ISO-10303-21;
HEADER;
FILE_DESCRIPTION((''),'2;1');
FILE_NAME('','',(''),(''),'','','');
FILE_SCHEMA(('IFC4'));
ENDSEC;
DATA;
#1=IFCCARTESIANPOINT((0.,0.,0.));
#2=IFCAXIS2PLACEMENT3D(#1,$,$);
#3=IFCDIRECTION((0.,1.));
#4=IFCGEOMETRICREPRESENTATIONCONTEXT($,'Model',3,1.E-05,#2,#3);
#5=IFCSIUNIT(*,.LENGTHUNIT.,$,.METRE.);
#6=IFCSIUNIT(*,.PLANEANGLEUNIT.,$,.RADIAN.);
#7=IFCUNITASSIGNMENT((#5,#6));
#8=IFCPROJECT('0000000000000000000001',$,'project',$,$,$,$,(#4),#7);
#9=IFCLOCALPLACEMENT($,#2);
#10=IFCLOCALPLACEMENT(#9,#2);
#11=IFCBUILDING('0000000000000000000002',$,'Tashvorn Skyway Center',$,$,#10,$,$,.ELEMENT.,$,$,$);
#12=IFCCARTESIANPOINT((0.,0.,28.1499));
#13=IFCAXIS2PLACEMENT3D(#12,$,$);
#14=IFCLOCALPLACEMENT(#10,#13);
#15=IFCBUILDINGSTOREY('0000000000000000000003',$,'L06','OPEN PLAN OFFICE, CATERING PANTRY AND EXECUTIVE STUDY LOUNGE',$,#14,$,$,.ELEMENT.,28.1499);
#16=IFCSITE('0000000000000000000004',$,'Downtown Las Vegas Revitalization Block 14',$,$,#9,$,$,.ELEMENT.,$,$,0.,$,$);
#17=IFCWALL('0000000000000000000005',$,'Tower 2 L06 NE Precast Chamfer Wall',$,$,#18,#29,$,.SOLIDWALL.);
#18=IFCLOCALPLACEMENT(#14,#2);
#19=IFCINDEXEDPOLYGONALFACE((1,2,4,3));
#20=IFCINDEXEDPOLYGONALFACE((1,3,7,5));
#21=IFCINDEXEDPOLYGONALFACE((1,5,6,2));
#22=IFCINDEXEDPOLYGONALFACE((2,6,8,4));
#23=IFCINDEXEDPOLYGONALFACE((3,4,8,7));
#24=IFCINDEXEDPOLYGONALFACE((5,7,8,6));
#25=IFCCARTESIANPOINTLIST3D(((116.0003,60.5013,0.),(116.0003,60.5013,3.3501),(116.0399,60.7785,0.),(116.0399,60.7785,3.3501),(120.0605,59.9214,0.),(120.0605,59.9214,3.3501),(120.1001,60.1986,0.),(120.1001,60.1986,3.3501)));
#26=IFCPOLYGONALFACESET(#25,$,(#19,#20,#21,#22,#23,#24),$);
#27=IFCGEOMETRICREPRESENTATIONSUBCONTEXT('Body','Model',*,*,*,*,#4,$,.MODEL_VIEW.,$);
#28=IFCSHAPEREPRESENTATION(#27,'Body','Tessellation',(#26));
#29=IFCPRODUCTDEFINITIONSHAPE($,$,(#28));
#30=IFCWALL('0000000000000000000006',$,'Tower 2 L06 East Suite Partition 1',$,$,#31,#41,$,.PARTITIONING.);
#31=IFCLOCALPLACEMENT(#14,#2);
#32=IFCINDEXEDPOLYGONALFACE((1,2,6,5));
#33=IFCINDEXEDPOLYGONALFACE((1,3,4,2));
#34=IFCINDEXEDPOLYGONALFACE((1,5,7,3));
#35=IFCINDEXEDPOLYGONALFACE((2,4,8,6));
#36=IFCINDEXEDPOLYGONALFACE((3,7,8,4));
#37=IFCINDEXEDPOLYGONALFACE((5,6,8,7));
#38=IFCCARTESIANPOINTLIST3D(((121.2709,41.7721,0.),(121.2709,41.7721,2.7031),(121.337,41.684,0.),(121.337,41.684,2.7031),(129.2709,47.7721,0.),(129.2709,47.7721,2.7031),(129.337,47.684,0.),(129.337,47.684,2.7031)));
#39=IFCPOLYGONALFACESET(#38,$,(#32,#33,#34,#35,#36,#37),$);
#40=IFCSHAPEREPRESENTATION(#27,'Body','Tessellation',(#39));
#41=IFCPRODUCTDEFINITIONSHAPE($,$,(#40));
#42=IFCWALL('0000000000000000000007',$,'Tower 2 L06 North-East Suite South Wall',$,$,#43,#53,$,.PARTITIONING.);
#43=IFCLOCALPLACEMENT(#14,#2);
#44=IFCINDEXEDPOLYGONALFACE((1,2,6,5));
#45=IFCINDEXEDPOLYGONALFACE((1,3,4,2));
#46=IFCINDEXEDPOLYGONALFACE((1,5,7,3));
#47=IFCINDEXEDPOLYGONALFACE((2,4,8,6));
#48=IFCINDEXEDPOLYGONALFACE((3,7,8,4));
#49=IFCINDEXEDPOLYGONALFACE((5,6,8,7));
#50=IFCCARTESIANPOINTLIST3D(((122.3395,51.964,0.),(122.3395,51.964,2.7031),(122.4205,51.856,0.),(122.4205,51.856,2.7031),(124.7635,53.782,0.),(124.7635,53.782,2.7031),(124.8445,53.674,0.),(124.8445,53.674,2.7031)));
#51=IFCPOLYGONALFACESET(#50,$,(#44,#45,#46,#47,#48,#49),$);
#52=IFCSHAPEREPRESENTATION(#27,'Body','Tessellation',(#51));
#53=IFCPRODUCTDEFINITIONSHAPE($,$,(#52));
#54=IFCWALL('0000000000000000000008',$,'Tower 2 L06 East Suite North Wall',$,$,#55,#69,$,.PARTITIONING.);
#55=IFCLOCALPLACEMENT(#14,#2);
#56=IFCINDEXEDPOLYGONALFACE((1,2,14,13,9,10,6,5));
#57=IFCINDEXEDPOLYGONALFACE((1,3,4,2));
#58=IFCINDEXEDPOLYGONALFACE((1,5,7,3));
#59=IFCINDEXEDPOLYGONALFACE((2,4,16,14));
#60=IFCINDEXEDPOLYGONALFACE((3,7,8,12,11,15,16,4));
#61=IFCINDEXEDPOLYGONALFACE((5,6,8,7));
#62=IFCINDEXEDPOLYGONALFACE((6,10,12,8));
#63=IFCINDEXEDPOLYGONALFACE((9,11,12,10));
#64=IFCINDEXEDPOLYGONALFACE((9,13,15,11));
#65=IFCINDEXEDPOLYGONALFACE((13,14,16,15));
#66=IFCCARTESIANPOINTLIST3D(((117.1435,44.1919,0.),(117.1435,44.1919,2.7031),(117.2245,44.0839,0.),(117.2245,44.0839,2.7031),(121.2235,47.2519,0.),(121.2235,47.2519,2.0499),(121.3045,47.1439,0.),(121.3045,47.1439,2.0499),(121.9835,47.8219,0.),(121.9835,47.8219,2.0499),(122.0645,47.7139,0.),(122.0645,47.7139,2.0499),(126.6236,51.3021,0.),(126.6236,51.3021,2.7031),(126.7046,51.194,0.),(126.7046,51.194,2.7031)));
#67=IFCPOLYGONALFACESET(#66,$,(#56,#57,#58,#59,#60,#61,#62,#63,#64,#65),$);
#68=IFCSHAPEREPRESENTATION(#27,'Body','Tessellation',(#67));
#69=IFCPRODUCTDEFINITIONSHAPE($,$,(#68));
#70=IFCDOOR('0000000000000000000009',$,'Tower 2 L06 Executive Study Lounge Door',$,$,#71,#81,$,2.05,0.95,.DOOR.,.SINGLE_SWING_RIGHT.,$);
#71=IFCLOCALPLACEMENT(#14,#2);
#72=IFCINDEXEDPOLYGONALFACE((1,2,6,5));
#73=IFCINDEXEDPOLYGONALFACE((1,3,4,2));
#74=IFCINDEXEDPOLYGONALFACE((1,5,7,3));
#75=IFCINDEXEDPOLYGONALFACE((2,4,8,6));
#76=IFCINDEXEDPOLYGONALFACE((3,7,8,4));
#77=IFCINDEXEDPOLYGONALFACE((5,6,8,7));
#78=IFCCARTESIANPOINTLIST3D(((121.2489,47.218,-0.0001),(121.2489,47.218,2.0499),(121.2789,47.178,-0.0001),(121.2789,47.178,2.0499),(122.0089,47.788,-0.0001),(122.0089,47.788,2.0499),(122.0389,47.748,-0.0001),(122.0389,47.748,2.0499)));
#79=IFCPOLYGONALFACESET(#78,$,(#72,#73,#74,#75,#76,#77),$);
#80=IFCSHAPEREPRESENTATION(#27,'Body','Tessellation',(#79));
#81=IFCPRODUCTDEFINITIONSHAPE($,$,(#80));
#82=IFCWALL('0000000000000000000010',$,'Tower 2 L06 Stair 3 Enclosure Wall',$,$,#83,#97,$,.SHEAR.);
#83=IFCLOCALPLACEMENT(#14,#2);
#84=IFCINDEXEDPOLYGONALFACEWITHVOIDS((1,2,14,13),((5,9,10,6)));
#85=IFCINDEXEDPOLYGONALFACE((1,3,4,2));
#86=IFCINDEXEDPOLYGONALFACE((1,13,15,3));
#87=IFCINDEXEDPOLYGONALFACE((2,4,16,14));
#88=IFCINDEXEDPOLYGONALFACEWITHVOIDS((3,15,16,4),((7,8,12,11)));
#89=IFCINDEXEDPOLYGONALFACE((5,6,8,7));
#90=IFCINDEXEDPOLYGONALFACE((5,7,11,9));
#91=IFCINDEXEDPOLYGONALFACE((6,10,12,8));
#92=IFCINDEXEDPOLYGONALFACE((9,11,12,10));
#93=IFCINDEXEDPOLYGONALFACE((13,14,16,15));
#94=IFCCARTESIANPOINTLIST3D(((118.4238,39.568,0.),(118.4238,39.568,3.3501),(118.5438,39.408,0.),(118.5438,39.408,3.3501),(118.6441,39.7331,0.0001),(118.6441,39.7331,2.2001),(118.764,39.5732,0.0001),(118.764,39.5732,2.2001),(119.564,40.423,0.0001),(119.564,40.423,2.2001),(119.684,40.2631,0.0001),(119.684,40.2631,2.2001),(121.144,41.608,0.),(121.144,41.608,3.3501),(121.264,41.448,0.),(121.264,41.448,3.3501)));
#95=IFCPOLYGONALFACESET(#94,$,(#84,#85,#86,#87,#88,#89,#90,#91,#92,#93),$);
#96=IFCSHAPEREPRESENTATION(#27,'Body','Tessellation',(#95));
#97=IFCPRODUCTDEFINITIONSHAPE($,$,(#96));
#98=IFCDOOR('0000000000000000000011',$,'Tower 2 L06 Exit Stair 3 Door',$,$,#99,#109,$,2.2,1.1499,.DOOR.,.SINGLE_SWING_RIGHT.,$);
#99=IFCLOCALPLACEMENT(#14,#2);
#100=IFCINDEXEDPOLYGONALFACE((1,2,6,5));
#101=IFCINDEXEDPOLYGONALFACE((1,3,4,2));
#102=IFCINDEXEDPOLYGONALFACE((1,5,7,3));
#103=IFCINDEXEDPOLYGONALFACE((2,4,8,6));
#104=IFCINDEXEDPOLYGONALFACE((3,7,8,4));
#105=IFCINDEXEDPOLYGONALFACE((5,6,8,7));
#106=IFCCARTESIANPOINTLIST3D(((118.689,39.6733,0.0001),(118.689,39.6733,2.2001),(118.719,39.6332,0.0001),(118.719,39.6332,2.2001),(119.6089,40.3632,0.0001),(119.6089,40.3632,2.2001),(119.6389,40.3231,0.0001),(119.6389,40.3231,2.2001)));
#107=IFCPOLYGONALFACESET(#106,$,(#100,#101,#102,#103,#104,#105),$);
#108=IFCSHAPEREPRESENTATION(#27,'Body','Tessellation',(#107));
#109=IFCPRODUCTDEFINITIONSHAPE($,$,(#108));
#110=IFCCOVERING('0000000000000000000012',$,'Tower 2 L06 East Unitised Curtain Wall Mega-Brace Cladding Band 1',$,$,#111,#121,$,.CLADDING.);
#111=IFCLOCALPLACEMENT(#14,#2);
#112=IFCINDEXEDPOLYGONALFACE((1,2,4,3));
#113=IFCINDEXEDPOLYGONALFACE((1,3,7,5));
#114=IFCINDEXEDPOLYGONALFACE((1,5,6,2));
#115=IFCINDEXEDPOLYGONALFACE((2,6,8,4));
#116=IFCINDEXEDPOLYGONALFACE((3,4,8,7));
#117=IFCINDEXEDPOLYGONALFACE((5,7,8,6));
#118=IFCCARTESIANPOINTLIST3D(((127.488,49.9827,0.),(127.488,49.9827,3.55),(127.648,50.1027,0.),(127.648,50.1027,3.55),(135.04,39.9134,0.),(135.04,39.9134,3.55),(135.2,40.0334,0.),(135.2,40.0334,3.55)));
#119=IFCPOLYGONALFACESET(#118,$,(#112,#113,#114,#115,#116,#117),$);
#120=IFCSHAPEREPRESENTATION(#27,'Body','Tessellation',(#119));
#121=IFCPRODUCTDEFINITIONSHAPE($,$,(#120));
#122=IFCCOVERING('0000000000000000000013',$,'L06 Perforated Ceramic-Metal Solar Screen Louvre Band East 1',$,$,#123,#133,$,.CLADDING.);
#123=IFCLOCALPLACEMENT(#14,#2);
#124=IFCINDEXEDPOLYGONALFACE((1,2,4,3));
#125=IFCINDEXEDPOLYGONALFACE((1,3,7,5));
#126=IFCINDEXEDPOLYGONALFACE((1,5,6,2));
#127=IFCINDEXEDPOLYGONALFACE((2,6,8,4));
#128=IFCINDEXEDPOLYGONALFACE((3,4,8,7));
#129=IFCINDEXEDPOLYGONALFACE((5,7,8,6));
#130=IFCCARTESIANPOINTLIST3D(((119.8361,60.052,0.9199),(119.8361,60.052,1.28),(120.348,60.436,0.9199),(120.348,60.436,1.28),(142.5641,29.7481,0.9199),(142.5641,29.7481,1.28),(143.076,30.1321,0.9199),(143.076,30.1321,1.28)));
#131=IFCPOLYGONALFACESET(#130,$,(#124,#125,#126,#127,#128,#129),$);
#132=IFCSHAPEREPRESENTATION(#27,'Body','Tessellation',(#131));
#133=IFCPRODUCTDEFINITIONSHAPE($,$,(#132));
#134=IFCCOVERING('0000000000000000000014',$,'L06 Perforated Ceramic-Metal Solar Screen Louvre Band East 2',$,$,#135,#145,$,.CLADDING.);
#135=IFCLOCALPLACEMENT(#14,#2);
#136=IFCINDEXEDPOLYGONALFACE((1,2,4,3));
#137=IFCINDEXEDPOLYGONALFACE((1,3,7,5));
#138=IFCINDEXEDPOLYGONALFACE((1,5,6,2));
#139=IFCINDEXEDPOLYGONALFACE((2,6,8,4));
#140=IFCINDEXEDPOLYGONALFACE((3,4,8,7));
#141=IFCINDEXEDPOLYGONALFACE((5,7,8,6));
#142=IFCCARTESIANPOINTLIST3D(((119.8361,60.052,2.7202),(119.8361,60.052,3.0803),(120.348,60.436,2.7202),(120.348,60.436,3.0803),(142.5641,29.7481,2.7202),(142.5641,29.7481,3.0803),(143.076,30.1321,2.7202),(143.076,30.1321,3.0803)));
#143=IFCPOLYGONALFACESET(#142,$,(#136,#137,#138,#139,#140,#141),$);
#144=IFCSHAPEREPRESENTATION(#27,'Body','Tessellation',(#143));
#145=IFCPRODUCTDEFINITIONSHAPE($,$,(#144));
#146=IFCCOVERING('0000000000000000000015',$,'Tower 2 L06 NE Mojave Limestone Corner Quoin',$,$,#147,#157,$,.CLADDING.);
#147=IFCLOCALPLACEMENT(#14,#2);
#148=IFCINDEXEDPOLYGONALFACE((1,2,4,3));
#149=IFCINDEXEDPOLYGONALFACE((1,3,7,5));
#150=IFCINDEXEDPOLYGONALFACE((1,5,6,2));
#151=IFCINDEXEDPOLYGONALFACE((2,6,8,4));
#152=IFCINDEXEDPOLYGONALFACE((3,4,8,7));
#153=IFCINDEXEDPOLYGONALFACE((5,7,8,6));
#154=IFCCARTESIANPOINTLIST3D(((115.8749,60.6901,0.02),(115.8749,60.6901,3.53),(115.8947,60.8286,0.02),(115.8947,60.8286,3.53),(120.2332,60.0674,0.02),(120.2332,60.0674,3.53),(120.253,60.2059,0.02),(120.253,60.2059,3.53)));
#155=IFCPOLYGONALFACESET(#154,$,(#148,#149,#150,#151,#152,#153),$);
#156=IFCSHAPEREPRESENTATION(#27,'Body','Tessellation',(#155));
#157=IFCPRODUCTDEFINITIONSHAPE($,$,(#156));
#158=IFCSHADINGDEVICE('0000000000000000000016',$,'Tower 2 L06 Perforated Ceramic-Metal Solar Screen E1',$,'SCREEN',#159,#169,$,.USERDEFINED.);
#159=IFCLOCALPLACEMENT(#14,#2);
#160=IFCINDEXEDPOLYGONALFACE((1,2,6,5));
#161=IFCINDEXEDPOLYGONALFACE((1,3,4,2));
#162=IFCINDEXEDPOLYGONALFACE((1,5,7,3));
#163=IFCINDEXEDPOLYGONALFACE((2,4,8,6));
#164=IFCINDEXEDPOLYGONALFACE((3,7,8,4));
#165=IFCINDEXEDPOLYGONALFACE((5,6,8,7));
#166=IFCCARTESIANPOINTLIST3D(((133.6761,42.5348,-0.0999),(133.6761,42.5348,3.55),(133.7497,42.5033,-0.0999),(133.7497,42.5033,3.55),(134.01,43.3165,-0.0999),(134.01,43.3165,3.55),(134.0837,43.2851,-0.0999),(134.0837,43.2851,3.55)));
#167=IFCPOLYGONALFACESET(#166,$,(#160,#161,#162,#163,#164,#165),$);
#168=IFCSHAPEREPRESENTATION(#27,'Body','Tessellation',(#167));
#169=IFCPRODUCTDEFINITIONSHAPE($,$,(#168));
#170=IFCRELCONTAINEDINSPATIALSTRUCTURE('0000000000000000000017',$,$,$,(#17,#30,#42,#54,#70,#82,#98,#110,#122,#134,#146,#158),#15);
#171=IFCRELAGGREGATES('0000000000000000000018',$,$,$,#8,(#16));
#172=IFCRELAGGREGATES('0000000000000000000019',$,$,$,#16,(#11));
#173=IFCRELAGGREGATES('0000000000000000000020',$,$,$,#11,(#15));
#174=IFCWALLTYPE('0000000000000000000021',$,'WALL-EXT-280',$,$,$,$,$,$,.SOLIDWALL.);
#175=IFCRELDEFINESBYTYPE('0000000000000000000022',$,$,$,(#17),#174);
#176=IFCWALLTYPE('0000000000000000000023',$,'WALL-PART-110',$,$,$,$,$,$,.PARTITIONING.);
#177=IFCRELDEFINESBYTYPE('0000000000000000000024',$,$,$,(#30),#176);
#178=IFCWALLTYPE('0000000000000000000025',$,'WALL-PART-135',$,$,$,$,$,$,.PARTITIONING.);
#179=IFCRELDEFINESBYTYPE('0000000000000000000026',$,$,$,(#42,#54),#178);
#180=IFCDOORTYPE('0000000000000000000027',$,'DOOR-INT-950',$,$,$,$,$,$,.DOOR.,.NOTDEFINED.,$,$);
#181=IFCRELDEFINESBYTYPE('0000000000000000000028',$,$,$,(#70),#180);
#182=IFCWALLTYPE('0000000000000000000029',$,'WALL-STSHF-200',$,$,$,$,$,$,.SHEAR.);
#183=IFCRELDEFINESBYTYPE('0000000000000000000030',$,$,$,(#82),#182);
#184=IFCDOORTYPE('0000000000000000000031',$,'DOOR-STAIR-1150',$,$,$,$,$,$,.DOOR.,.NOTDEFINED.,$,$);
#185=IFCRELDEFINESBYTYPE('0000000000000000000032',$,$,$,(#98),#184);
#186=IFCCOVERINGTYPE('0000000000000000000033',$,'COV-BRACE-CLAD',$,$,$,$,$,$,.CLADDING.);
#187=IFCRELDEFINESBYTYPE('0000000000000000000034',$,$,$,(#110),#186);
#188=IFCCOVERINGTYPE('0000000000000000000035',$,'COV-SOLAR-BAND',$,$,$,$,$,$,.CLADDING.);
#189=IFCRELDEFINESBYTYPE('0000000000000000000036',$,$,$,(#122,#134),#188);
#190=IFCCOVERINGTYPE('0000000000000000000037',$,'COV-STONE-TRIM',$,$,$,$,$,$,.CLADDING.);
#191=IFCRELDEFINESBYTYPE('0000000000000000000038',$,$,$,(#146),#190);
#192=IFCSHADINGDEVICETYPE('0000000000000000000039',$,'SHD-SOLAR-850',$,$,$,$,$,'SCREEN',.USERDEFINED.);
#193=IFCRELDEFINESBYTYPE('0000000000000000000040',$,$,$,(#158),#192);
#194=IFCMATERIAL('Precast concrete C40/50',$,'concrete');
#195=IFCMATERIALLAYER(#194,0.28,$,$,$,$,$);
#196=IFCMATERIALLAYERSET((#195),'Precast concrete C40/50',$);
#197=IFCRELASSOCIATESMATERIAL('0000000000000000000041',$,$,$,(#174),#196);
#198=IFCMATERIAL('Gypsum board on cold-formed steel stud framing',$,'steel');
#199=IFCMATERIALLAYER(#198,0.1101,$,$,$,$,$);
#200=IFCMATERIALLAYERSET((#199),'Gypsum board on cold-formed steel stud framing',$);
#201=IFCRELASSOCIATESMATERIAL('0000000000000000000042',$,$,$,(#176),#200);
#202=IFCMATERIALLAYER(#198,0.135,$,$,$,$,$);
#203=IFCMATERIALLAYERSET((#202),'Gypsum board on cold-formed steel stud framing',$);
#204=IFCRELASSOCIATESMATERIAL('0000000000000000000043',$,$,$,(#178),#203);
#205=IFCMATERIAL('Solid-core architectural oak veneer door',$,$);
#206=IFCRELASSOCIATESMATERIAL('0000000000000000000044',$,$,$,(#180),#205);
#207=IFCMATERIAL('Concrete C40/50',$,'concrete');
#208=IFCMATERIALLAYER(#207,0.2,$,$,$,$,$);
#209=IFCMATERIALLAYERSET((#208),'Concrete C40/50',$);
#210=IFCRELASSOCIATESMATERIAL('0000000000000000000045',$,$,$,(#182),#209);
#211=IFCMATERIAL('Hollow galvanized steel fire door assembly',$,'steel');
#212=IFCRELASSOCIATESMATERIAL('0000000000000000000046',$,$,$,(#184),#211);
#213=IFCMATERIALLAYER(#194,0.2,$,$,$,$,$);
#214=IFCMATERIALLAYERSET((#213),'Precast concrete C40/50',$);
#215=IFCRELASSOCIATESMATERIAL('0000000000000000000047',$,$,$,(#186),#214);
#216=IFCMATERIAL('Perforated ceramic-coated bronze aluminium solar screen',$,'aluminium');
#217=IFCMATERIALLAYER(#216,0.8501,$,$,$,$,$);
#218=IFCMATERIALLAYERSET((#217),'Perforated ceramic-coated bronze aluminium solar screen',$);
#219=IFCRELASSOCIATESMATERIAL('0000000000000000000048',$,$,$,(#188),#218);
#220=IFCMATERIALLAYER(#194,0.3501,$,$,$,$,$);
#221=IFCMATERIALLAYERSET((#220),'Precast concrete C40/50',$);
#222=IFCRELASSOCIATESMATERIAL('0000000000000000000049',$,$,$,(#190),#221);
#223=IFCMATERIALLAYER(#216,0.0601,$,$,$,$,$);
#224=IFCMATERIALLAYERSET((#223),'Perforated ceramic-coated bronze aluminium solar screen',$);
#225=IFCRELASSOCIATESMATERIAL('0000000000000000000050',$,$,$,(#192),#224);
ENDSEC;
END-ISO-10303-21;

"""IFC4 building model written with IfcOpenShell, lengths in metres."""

from ifc_helpers import new_model, si_unit, direction, frame, frame_2d, origin, origin_2d, place, context, subcontext, project, spatial, rectangle, extrude, material, layer, layer_set, type_object, element, fill, save


model = new_model("IFC4")

# Units and contexts
model_context = context("Model", 3, precision=1e-05, world=origin(), true_north=direction((0.0, 1.0)))
body_context = subcontext(model_context, "Body", "Model", "MODEL_VIEW")
ifc_project = project(units=[si_unit("LENGTHUNIT", "METRE"), si_unit("PLANEANGLEUNIT", "RADIAN")], contexts=[model_context])

# Site, building, storey
site_placement = place(None, origin())
site = spatial("IfcSite", under=ifc_project, at=site_placement, Name="Downtown Las Vegas Revitalization Block 14", CompositionType="ELEMENT", RefElevation=0.0)
building_placement = place(site_placement, origin())
building = spatial("IfcBuilding", under=site, at=building_placement, Name="Tashvorn Skyway Center", CompositionType="ELEMENT")
storey_placement = place(building_placement, frame((0.0, 0.0, 28.1499)))
storey = spatial("IfcBuildingStorey", under=building, at=storey_placement, Name="L06", Description="OPEN PLAN OFFICE, CATERING PANTRY AND EXECUTIVE STUDY LOUNGE", CompositionType="ELEMENT", Elevation=28.1499)

# Walls
ifc_material_1 = material(Name="Precast concrete C40/50", Category="concrete")
ifc_layer_1 = layer(ifc_material_1, 0.28)
ifc_layer_set_1 = layer_set([ifc_layer_1], Name="Precast concrete C40/50")
wall_type_1 = type_object("IfcWallType", Name="WALL-EXT-280", PredefinedType="SOLIDWALL", material=ifc_layer_set_1)
wall_1_placement = place(storey_placement, frame((116.02, 60.6399, 0.0), z_axis=(0.0, 0.0, 1.0), x_axis=(0.989955, -0.14138, 0.0)))
element("IfcWall", 1, at=wall_1_placement, inside=storey, type_object=wall_type_1, Name="Tower 2 L06 NE Precast Chamfer Wall", PredefinedType="SOLIDWALL", context=body_context, shape_type="SweptSolid", body=[
    extrude(rectangle(XDim=4.1013, YDim=0.28, at=frame_2d((2.0508, 0.0))), origin(), (0.0, 0.0, 1.0), 3.3501),
])
ifc_material_2 = material(Name="Gypsum board on cold-formed steel stud framing", Category="steel")
ifc_layer_2 = layer(ifc_material_2, 0.1101)
ifc_layer_set_2 = layer_set([ifc_layer_2], Name="Gypsum board on cold-formed steel stud framing")
wall_type_2 = type_object("IfcWallType", Name="WALL-PART-110", PredefinedType="PARTITIONING", material=ifc_layer_set_2)
wall_2_placement = place(storey_placement, frame((129.304, 47.728, 0.0), z_axis=(0.0, 0.0, 1.0), x_axis=(-0.8, -0.6, 0.0)))
element("IfcWall", 2, at=wall_2_placement, inside=storey, type_object=wall_type_2, Name="Tower 2 L06 East Suite Partition 1", PredefinedType="PARTITIONING", context=body_context, shape_type="SweptSolid", body=[
    extrude(rectangle(XDim=10.0, YDim=0.1101, at=frame_2d((5.0, 0.0))), origin(), (0.0, 0.0, 1.0), 2.7031),
])
ifc_layer_3 = layer(ifc_material_2, 0.135)
ifc_layer_set_3 = layer_set([ifc_layer_3], Name="Gypsum board on cold-formed steel stud framing")
wall_type_3 = type_object("IfcWallType", Name="WALL-PART-135", PredefinedType="PARTITIONING", material=ifc_layer_set_3)
wall_3_placement = place(storey_placement, frame((122.3799, 51.9099, 0.0), z_axis=(0.0, 0.0, 1.0), x_axis=(0.79999, 0.600013, 0.0)))
element("IfcWall", 3, at=wall_3_placement, inside=storey, type_object=wall_type_3, Name="Tower 2 L06 North-East Suite South Wall", PredefinedType="PARTITIONING", context=body_context, shape_type="SweptSolid", body=[
    extrude(rectangle(XDim=3.03, YDim=0.135, at=frame_2d((1.5151, 0.0))), origin(), (0.0, 0.0, 1.0), 2.7031),
])

# Walls, openings, doors
wall_4_placement = place(storey_placement, frame((126.6641, 51.248, 0.0), z_axis=(0.0, 0.0, 1.0), x_axis=(-0.799995, -0.600007, 0.0)))
wall_4 = element("IfcWall", 4, at=wall_4_placement, inside=storey, type_object=wall_type_3, Name="Tower 2 L06 East Suite North Wall", PredefinedType="PARTITIONING", context=body_context, shape_type="SweptSolid", body=[
    extrude(rectangle(XDim=11.8501, YDim=0.135, at=frame_2d((5.925, 0.0))), origin(), (0.0, 0.0, 1.0), 2.7031),
])
opening_1_placement = place(wall_4_placement, frame((5.8, 0.0, 0.0)))
opening_1 = element("IfcOpeningElement", 5, at=opening_1_placement, cuts=wall_4, PredefinedType="OPENING", context=body_context, shape_type="SweptSolid", body=[
    extrude(rectangle(XDim=0.95, YDim=2.05, at=frame_2d((0.4751, 1.0249))), frame((0.0, 0.0774, 0.0), z_axis=(0.0, -1.0, 0.0), x_axis=(1.0, 0.0, 0.0)), (0.0, 0.0, 1.0), 0.155),
])
ifc_material_3 = material(Name="Solid-core architectural oak veneer door")
door_type_1 = type_object("IfcDoorType", Name="DOOR-INT-950", OperationType="NOTDEFINED", PredefinedType="DOOR", material=ifc_material_3)
door_1_placement = place(opening_1_placement, origin())
door_1 = element("IfcDoor", 6, at=door_1_placement, inside=storey, type_object=door_type_1, Name="Tower 2 L06 Executive Study Lounge Door", OperationType="SINGLE_SWING_RIGHT", OverallHeight=2.05, OverallWidth=0.95, PredefinedType="DOOR", context=body_context, shape_type="SweptSolid", body=[
    extrude(rectangle(XDim=0.95, YDim=2.05, at=frame_2d((0.4751, 1.0249))), frame((0.0, 0.0249, 0.0), z_axis=(0.0, -1.0, 0.0), x_axis=(1.0, 0.0, 0.0)), (0.0, 0.0, 1.0), 0.05),
])
fill(opening_1, door_1)
ifc_material_4 = material(Name="Concrete C40/50", Category="concrete")
ifc_layer_4 = layer(ifc_material_4, 0.2)
ifc_layer_set_4 = layer_set([ifc_layer_4], Name="Concrete C40/50")
wall_type_4 = type_object("IfcWallType", Name="WALL-STSHF-200", PredefinedType="SHEAR", material=ifc_layer_set_4)
wall_5_placement = place(storey_placement, frame((121.2041, 41.5281, 0.0), z_axis=(0.0, 0.0, 1.0), x_axis=(-0.800017, -0.599977, 0.0)))
wall_5 = element("IfcWall", 7, at=wall_5_placement, inside=storey, type_object=wall_type_4, Name="Tower 2 L06 Stair 3 Enclosure Wall", PredefinedType="SHEAR", context=body_context, shape_type="SweptSolid", body=[
    extrude(rectangle(XDim=3.4001, YDim=0.2, at=frame_2d((1.7002, 0.0))), origin(), (0.0, 0.0, 1.0), 3.3501),
])
opening_2_placement = place(wall_5_placement, frame((1.9751, 0.0, 0.0)))
opening_2 = element("IfcOpeningElement", 8, at=opening_2_placement, cuts=wall_5, PredefinedType="OPENING", context=body_context, shape_type="SweptSolid", body=[
    extrude(rectangle(XDim=1.1499, YDim=2.2, at=frame_2d((0.575, 1.1001))), frame((0.0, 0.1099, 0.0), z_axis=(0.0, -1.0, 0.0), x_axis=(1.0, 0.0, 0.0)), (0.0, 0.0, 1.0), 0.22),
])
ifc_material_5 = material(Name="Hollow galvanized steel fire door assembly", Category="steel")
door_type_2 = type_object("IfcDoorType", Name="DOOR-STAIR-1150", OperationType="NOTDEFINED", PredefinedType="DOOR", material=ifc_material_5)
door_2_placement = place(opening_2_placement, origin())
door_2 = element("IfcDoor", 9, at=door_2_placement, inside=storey, type_object=door_type_2, Name="Tower 2 L06 Exit Stair 3 Door", OperationType="SINGLE_SWING_RIGHT", OverallHeight=2.2, OverallWidth=1.1499, PredefinedType="DOOR", context=body_context, shape_type="SweptSolid", body=[
    extrude(rectangle(XDim=1.1499, YDim=2.2, at=frame_2d((0.575, 1.1001))), frame((0.0, 0.0249, 0.0), z_axis=(0.0, -1.0, 0.0), x_axis=(1.0, 0.0, 0.0)), (0.0, 0.0, 1.0), 0.05),
])
fill(opening_2, door_2)

# Coverings
ifc_layer_5 = layer(ifc_material_1, 0.2)
ifc_layer_set_5 = layer_set([ifc_layer_5], Name="Precast concrete C40/50")
covering_type_1 = type_object("IfcCoveringType", Name="COV-BRACE-CLAD", PredefinedType="CLADDING", material=ifc_layer_set_5)
covering_1_placement = place(storey_placement, frame((131.344, 45.0081, 0.0), z_axis=(0.0, 0.0, 1.0), x_axis=(0.6, -0.8, 0.0)))
element("IfcCovering", 10, at=covering_1_placement, inside=storey, type_object=covering_type_1, Name="Tower 2 L06 East Unitised Curtain Wall Mega-Brace Cladding Band 1", PredefinedType="CLADDING", context=body_context, shape_type="SweptSolid", body=[
    extrude(rectangle(XDim=12.5867, YDim=0.2, at=origin_2d()), origin(), (0.0, 0.0, 1.0), 3.55),
])
ifc_material_6 = material(Name="Perforated ceramic-coated bronze aluminium solar screen", Category="aluminium")
ifc_layer_6 = layer(ifc_material_6, 0.8501)
ifc_layer_set_6 = layer_set([ifc_layer_6], Name="Perforated ceramic-coated bronze aluminium solar screen")
covering_type_2 = type_object("IfcCoveringType", Name="COV-SOLAR-BAND", PredefinedType="CLADDING", material=ifc_layer_set_6)
for number, where, z_axis, x_axis, name in (
    (11, (131.4561, 45.092, 0.9199), (0.0, 0.0, 1.0), (0.6, -0.8, 0.0), "L06 Perforated Ceramic-Metal Solar Screen Louvre Band East 1"),
    (12, (131.4561, 45.092, 2.7202), (0.0, 0.0, 1.0), (0.6, -0.8, 0.0), "L06 Perforated Ceramic-Metal Solar Screen Louvre Band East 2"),
):
    element("IfcCovering", number, at=place(storey_placement, frame(where, z_axis=z_axis, x_axis=x_axis)), inside=storey, type_object=covering_type_2, Name=name, PredefinedType="CLADDING", context=body_context, shape_type="SweptSolid", body=[
        extrude(rectangle(XDim=37.8799, YDim=0.6399, at=origin_2d()), origin(), (0.0, 0.0, 1.0), 0.3601),
    ])
ifc_layer_7 = layer(ifc_material_1, 0.3501)
ifc_layer_set_7 = layer_set([ifc_layer_7], Name="Precast concrete C40/50")
covering_type_3 = type_object("IfcCoveringType", Name="COV-STONE-TRIM", PredefinedType="CLADDING", material=ifc_layer_set_7)
covering_2_placement = place(storey_placement, frame((118.064, 60.448, 0.02), z_axis=(0.0, 0.0, 1.0), x_axis=(0.989949, -0.141421, 0.0)))
element("IfcCovering", 13, at=covering_2_placement, inside=storey, type_object=covering_type_3, Name="Tower 2 L06 NE Mojave Limestone Corner Quoin", PredefinedType="CLADDING", context=body_context, shape_type="SweptSolid", body=[
    extrude(rectangle(XDim=4.4026, YDim=0.1399, at=origin_2d()), origin(), (0.0, 0.0, 1.0), 3.51),
])

# Shading device
ifc_layer_8 = layer(ifc_material_6, 0.0601)
ifc_layer_set_8 = layer_set([ifc_layer_8], Name="Perforated ceramic-coated bronze aluminium solar screen")
shading_device_type = type_object("IfcShadingDeviceType", Name="SHD-SOLAR-850", ElementType="SCREEN", PredefinedType="USERDEFINED", material=ifc_layer_set_8)
for number, where, z_axis, x_axis, name in (
    (14, (133.8799, 42.9099, -0.0999), (0.0, 0.0, 1.0), (0.919615, -0.39282, 0.0), "Tower 2 L06 Perforated Ceramic-Metal Solar Screen E1"),
):
    element("IfcShadingDevice", number, at=place(storey_placement, frame(where, z_axis=z_axis, x_axis=x_axis)), inside=storey, type_object=shading_device_type, Name=name, ObjectType="SCREEN", PredefinedType="USERDEFINED", context=body_context, shape_type="SweptSolid", body=[
        extrude(rectangle(XDim=0.0801, YDim=0.8501, at=origin_2d()), origin(), (0.0, 0.0, 1.0), 3.6499),
    ])

save(model, "model.ifc")
